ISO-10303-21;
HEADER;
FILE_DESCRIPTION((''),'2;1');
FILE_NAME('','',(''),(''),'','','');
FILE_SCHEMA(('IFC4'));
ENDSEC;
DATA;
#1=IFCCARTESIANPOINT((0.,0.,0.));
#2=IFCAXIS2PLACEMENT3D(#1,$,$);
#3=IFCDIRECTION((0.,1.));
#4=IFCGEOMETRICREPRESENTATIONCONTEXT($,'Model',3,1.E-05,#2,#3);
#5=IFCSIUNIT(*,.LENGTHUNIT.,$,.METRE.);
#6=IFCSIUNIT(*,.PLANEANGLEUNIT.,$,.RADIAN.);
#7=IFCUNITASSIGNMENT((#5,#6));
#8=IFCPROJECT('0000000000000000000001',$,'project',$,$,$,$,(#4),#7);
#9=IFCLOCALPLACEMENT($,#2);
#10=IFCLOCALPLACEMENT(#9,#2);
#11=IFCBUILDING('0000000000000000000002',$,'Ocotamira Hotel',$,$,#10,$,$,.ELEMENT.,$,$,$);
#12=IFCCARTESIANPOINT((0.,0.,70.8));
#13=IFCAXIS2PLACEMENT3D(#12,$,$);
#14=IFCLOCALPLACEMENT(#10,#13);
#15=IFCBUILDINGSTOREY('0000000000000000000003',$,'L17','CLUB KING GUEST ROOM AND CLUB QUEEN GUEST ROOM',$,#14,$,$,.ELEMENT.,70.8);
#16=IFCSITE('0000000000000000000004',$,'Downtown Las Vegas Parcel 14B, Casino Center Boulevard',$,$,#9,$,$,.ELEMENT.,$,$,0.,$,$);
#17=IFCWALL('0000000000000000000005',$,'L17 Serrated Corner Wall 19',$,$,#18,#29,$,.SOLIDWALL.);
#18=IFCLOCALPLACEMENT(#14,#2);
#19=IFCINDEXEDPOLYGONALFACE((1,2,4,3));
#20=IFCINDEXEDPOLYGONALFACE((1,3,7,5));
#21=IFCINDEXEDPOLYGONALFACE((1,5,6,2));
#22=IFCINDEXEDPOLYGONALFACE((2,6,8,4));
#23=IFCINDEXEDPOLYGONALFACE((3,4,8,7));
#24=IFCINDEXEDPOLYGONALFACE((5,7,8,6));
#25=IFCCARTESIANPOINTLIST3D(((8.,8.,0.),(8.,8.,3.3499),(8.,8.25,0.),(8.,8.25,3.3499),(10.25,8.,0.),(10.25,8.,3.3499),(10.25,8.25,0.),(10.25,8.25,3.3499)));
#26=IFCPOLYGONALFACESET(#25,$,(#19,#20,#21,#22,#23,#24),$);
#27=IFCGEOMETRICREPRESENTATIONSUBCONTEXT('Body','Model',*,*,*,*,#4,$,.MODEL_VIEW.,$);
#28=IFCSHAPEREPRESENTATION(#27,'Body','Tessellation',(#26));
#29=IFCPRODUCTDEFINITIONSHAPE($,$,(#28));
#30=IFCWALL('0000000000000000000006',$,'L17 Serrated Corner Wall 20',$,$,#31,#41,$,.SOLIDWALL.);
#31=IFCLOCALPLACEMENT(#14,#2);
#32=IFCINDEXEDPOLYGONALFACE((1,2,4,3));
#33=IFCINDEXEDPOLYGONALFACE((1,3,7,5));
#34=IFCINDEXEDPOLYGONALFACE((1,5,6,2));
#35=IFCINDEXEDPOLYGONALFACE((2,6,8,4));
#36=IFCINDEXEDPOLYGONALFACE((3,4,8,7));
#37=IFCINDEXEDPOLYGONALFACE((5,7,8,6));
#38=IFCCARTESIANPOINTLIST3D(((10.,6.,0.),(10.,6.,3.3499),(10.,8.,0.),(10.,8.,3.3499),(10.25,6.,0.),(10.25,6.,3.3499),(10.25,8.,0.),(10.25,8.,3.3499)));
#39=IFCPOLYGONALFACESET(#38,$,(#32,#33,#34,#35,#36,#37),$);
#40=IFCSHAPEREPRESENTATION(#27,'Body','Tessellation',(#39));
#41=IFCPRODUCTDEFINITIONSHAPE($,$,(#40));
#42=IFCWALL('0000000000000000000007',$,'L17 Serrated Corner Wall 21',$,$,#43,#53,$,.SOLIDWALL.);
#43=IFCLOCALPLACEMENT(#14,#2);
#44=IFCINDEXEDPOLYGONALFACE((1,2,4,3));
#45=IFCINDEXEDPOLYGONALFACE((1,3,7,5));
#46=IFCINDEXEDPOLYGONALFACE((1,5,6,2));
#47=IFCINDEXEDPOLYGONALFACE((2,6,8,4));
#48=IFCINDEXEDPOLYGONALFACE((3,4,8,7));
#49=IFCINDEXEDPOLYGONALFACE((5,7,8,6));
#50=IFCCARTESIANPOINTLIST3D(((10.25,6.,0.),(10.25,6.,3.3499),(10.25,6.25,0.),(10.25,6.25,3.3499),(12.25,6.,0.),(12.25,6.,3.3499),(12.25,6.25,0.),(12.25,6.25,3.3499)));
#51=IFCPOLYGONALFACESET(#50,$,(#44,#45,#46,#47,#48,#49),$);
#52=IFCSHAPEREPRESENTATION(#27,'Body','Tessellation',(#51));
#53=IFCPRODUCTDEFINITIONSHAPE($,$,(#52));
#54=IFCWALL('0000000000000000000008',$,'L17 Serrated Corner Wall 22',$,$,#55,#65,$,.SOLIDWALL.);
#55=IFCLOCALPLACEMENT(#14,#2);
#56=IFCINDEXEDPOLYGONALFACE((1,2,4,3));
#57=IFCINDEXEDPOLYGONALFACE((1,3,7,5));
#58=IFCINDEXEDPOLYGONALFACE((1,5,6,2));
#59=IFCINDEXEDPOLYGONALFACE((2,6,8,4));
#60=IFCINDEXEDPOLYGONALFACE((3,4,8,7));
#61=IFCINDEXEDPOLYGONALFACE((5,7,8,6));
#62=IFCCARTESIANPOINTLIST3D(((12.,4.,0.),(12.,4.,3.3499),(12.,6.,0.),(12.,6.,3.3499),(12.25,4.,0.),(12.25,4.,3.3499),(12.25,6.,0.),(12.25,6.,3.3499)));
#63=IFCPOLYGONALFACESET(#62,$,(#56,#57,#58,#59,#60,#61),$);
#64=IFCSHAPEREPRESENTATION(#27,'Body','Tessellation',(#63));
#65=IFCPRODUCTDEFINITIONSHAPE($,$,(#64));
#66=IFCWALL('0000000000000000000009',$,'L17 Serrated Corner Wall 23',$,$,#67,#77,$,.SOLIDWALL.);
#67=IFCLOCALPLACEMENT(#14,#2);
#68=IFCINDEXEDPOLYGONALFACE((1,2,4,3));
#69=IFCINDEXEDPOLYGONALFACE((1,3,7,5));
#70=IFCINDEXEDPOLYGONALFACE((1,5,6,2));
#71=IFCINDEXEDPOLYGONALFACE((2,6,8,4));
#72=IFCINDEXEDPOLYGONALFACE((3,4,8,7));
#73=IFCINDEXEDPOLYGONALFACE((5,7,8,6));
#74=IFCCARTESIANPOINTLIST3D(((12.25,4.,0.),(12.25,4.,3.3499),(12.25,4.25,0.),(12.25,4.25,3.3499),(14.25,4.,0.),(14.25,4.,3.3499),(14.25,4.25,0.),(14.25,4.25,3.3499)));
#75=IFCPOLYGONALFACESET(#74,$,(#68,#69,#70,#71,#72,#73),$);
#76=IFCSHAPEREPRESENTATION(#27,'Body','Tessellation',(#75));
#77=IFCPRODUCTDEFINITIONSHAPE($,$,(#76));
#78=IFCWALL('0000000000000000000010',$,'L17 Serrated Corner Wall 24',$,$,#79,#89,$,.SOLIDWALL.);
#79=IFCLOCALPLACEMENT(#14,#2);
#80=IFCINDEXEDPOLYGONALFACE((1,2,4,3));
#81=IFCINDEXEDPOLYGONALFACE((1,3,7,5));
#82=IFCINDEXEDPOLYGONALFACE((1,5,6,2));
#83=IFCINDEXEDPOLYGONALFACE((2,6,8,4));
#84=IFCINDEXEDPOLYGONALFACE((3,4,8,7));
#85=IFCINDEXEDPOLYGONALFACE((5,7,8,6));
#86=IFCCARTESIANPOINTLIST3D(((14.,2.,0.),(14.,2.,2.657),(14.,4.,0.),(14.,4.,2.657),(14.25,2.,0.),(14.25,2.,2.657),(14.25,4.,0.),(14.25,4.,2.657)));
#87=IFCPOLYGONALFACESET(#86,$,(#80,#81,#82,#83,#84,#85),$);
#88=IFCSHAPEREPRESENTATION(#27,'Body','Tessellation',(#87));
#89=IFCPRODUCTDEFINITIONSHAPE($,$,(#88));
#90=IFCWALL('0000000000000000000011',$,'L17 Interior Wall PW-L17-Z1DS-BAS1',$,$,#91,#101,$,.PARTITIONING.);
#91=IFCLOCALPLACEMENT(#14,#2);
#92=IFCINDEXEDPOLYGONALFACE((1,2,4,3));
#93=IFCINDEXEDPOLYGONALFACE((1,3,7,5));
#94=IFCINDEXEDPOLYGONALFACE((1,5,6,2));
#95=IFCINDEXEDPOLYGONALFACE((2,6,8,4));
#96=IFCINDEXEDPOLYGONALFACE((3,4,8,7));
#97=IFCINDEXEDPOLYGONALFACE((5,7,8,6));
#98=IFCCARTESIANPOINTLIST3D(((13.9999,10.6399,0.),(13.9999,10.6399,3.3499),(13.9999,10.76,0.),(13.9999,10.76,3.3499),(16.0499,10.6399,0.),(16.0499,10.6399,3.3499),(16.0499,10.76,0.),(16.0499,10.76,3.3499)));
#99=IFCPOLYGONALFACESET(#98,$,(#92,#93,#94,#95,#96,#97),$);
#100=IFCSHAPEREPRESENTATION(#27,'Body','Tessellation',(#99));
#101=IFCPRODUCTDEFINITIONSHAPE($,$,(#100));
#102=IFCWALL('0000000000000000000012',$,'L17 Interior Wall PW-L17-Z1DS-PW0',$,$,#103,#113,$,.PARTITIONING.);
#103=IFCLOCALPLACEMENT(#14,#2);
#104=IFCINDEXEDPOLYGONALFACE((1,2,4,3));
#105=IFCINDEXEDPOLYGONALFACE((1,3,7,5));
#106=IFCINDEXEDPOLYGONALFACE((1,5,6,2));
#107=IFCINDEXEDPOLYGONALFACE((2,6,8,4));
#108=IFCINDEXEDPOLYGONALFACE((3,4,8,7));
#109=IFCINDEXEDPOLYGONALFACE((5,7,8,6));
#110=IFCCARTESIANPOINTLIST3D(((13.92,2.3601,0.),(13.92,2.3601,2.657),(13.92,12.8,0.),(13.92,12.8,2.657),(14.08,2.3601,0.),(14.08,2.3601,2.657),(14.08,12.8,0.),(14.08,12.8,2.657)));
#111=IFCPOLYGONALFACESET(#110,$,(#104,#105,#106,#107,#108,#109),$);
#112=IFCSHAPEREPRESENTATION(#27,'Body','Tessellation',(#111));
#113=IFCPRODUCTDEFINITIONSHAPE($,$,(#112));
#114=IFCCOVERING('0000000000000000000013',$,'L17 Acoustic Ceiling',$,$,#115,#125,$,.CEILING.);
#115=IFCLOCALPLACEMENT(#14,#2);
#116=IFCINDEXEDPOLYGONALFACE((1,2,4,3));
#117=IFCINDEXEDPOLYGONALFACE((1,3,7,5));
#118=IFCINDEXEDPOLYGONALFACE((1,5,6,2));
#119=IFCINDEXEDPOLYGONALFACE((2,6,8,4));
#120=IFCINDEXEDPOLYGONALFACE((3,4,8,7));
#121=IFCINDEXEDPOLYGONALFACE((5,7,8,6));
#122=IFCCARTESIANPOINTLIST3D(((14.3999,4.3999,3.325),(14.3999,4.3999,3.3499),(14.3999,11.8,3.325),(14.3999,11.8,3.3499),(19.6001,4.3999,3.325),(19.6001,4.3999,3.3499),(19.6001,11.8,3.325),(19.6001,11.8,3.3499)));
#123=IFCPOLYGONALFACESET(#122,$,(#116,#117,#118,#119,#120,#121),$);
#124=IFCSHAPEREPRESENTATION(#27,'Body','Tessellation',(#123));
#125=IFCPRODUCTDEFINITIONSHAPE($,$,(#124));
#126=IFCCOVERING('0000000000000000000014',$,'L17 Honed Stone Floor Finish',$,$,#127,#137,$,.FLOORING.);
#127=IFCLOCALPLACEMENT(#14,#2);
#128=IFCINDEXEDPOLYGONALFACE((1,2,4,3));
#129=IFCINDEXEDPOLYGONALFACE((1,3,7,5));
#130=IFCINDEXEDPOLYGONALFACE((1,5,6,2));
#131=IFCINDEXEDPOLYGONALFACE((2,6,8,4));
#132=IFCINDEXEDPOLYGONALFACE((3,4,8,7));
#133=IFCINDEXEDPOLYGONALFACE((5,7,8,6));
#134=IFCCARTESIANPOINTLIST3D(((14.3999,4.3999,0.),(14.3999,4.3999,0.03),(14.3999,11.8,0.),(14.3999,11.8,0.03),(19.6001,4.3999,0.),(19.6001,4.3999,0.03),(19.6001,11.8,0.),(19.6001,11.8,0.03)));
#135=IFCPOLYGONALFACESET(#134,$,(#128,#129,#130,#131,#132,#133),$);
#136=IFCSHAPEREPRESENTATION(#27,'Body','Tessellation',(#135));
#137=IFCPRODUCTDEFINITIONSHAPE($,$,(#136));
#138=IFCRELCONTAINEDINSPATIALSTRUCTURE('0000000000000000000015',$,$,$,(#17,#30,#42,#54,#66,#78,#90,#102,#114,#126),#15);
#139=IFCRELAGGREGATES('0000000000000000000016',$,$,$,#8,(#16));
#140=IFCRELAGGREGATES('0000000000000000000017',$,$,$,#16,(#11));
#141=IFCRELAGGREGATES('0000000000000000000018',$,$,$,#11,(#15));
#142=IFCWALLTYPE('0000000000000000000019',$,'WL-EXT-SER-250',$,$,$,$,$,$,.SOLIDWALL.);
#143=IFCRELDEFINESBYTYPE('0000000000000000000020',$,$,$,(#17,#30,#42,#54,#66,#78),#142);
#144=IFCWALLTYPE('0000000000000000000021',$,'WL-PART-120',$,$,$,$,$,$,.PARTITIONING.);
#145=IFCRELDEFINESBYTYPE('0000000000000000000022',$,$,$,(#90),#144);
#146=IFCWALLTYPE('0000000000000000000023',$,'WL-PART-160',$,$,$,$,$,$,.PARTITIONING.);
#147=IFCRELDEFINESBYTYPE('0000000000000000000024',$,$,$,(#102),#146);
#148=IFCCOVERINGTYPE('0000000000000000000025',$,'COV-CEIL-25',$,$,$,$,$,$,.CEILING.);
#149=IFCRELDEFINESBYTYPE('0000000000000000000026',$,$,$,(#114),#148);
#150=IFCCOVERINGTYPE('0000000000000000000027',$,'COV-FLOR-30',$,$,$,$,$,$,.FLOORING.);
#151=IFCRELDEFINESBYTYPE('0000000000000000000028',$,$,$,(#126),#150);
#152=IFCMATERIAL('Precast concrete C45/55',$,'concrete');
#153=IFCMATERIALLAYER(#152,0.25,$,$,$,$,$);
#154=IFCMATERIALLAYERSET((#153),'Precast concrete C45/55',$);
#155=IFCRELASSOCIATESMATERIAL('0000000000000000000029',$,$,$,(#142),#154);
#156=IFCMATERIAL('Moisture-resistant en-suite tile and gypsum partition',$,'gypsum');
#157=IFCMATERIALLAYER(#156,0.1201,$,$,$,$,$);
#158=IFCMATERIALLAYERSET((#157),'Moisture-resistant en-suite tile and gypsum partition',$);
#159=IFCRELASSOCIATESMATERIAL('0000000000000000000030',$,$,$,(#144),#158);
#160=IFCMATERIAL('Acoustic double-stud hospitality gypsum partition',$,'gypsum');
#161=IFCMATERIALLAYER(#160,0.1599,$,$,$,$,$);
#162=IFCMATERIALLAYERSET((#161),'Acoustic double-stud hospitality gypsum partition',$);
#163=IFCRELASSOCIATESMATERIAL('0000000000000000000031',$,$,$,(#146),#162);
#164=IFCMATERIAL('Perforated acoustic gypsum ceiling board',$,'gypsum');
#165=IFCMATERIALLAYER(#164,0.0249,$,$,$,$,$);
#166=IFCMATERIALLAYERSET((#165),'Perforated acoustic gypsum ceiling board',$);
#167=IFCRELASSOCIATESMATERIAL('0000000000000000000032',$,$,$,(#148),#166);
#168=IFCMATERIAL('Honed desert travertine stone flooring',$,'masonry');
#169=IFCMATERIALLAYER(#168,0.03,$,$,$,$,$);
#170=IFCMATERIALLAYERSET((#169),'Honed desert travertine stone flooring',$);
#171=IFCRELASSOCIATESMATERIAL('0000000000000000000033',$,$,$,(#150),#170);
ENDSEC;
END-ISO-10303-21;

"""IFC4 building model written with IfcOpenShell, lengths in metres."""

from ifc_helpers import new_model, si_unit, direction, frame, frame_2d, origin, place, context, subcontext, project, spatial, polyline, rectangle, outline, extrude, material, layer, layer_set, type_object, element, save


model = new_model("IFC4")

# Units and contexts
model_context = context("Model", 3, precision=1e-05, world=origin(), true_north=direction((0.0, 1.0)))
body_context = subcontext(model_context, "Body", "Model", "MODEL_VIEW")
ifc_project = project(units=[si_unit("LENGTHUNIT", "METRE"), si_unit("PLANEANGLEUNIT", "RADIAN")], contexts=[model_context])

# Site, building, storey
site_placement = place(None, origin())
site = spatial("IfcSite", under=ifc_project, at=site_placement, Name="Downtown Las Vegas Parcel 14B, Casino Center Boulevard", CompositionType="ELEMENT", RefElevation=0.0)
building_placement = place(site_placement, origin())
building = spatial("IfcBuilding", under=site, at=building_placement, Name="Ocotamira Hotel", CompositionType="ELEMENT")
storey_placement = place(building_placement, frame((0.0, 0.0, 70.8)))
storey = spatial("IfcBuildingStorey", under=building, at=storey_placement, Name="L17", Description="CLUB KING GUEST ROOM AND CLUB QUEEN GUEST ROOM", CompositionType="ELEMENT", Elevation=70.8)

# Walls
ifc_material_1 = material(Name="Precast concrete C45/55", Category="concrete")
ifc_layer_1 = layer(ifc_material_1, 0.25)
ifc_layer_set_1 = layer_set([ifc_layer_1], Name="Precast concrete C45/55")
wall_type_1 = type_object("IfcWallType", Name="WL-EXT-SER-250", PredefinedType="SOLIDWALL", material=ifc_layer_set_1)
wall_1_placement = place(storey_placement, frame((8.0, 8.125, 0.0), z_axis=(0.0, 0.0, 1.0), x_axis=(1.0, 0.0, 0.0)))
element("IfcWall", 1, at=wall_1_placement, inside=storey, type_object=wall_type_1, Name="L17 Serrated Corner Wall 19", PredefinedType="SOLIDWALL", context=body_context, shape_type="SweptSolid", body=[
    extrude(rectangle(XDim=2.25, YDim=0.25, at=frame_2d((1.125, 0.0))), origin(), (0.0, 0.0, 1.0), 3.3499),
])
for number, where, z_axis, x_axis, name in (
    (2, (10.125, 8.0, 0.0), (0.0, 0.0, 1.0), (0.0, -1.0, 0.0), "L17 Serrated Corner Wall 20"),
    (3, (10.25, 6.125, 0.0), (0.0, 0.0, 1.0), (1.0, 0.0, 0.0), "L17 Serrated Corner Wall 21"),
    (4, (12.125, 6.0, 0.0), (0.0, 0.0, 1.0), (0.0, -1.0, 0.0), "L17 Serrated Corner Wall 22"),
    (5, (12.25, 4.125, 0.0), (0.0, 0.0, 1.0), (1.0, 0.0, 0.0), "L17 Serrated Corner Wall 23"),
):
    element("IfcWall", number, at=place(storey_placement, frame(where, z_axis=z_axis, x_axis=x_axis)), inside=storey, type_object=wall_type_1, Name=name, PredefinedType="SOLIDWALL", context=body_context, shape_type="SweptSolid", body=[
        extrude(rectangle(XDim=2.0, YDim=0.25, at=frame_2d((1.0, 0.0))), origin(), (0.0, 0.0, 1.0), 3.3499),
    ])
wall_2_placement = place(storey_placement, frame((14.125, 4.0, 0.0), z_axis=(0.0, 0.0, 1.0), x_axis=(0.0, -1.0, 0.0)))
element("IfcWall", 6, at=wall_2_placement, inside=storey, type_object=wall_type_1, Name="L17 Serrated Corner Wall 24", PredefinedType="SOLIDWALL", context=body_context, shape_type="SweptSolid", body=[
    extrude(rectangle(XDim=2.0, YDim=0.25, at=frame_2d((1.0, 0.0))), origin(), (0.0, 0.0, 1.0), 2.657),
])

# Walls
ifc_material_2 = material(Name="Moisture-resistant en-suite tile and gypsum partition", Category="gypsum")
ifc_layer_2 = layer(ifc_material_2, 0.1201)
ifc_layer_set_2 = layer_set([ifc_layer_2], Name="Moisture-resistant en-suite tile and gypsum partition")
wall_type_2 = type_object("IfcWallType", Name="WL-PART-120", PredefinedType="PARTITIONING", material=ifc_layer_set_2)
wall_3_placement = place(storey_placement, frame((14.0, 10.7, 0.0), z_axis=(0.0, 0.0, 1.0), x_axis=(1.0, 0.0, 0.0)))
element("IfcWall", 7, at=wall_3_placement, inside=storey, type_object=wall_type_2, Name="L17 Interior Wall PW-L17-Z1DS-BAS1", PredefinedType="PARTITIONING", context=body_context, shape_type="SweptSolid", body=[
    extrude(rectangle(XDim=2.05, YDim=0.1201, at=frame_2d((1.0249, 0.0))), origin(), (0.0, 0.0, 1.0), 3.3499),
])
ifc_material_3 = material(Name="Acoustic double-stud hospitality gypsum partition", Category="gypsum")
ifc_layer_3 = layer(ifc_material_3, 0.1599)
ifc_layer_set_3 = layer_set([ifc_layer_3], Name="Acoustic double-stud hospitality gypsum partition")
wall_type_3 = type_object("IfcWallType", Name="WL-PART-160", PredefinedType="PARTITIONING", material=ifc_layer_set_3)
wall_4_placement = place(storey_placement, frame((14.0, 2.3601, 0.0), z_axis=(0.0, 0.0, 1.0), x_axis=(0.0, 1.0, 0.0)))
element("IfcWall", 8, at=wall_4_placement, inside=storey, type_object=wall_type_3, Name="L17 Interior Wall PW-L17-Z1DS-PW0", PredefinedType="PARTITIONING", context=body_context, shape_type="SweptSolid", body=[
    extrude(rectangle(XDim=10.4399, YDim=0.1599, at=frame_2d((5.22, 0.0))), origin(), (0.0, 0.0, 1.0), 2.657),
])

# Coverings
ifc_material_4 = material(Name="Perforated acoustic gypsum ceiling board", Category="gypsum")
ifc_layer_4 = layer(ifc_material_4, 0.0249)
ifc_layer_set_4 = layer_set([ifc_layer_4], Name="Perforated acoustic gypsum ceiling board")
covering_type_1 = type_object("IfcCoveringType", Name="COV-CEIL-25", PredefinedType="CEILING", material=ifc_layer_set_4)
covering_1_placement = place(storey_placement, frame((0.0, 0.0, 3.325)))
element("IfcCovering", 9, at=covering_1_placement, inside=storey, type_object=covering_type_1, Name="L17 Acoustic Ceiling", PredefinedType="CEILING", context=body_context, shape_type="SweptSolid", body=[
    extrude(outline(polyline([(14.3999, 4.3999), (19.6001, 4.3999), (19.6001, 11.8), (14.3999, 11.8), (14.3999, 4.3999)])), origin(), (0.0, 0.0, 1.0), 0.0249),
])
ifc_material_5 = material(Name="Honed desert travertine stone flooring", Category="masonry")
ifc_layer_5 = layer(ifc_material_5, 0.03)
ifc_layer_set_5 = layer_set([ifc_layer_5], Name="Honed desert travertine stone flooring")
covering_type_2 = type_object("IfcCoveringType", Name="COV-FLOR-30", PredefinedType="FLOORING", material=ifc_layer_set_5)
covering_2_placement = place(storey_placement, origin())
element("IfcCovering", 10, at=covering_2_placement, inside=storey, type_object=covering_type_2, Name="L17 Honed Stone Floor Finish", PredefinedType="FLOORING", context=body_context, shape_type="SweptSolid", body=[
    extrude(outline(polyline([(14.3999, 4.3999), (19.6001, 4.3999), (19.6001, 11.8), (14.3999, 11.8), (14.3999, 4.3999)])), origin(), (0.0, 0.0, 1.0), 0.03),
])

save(model, "model.ifc")
